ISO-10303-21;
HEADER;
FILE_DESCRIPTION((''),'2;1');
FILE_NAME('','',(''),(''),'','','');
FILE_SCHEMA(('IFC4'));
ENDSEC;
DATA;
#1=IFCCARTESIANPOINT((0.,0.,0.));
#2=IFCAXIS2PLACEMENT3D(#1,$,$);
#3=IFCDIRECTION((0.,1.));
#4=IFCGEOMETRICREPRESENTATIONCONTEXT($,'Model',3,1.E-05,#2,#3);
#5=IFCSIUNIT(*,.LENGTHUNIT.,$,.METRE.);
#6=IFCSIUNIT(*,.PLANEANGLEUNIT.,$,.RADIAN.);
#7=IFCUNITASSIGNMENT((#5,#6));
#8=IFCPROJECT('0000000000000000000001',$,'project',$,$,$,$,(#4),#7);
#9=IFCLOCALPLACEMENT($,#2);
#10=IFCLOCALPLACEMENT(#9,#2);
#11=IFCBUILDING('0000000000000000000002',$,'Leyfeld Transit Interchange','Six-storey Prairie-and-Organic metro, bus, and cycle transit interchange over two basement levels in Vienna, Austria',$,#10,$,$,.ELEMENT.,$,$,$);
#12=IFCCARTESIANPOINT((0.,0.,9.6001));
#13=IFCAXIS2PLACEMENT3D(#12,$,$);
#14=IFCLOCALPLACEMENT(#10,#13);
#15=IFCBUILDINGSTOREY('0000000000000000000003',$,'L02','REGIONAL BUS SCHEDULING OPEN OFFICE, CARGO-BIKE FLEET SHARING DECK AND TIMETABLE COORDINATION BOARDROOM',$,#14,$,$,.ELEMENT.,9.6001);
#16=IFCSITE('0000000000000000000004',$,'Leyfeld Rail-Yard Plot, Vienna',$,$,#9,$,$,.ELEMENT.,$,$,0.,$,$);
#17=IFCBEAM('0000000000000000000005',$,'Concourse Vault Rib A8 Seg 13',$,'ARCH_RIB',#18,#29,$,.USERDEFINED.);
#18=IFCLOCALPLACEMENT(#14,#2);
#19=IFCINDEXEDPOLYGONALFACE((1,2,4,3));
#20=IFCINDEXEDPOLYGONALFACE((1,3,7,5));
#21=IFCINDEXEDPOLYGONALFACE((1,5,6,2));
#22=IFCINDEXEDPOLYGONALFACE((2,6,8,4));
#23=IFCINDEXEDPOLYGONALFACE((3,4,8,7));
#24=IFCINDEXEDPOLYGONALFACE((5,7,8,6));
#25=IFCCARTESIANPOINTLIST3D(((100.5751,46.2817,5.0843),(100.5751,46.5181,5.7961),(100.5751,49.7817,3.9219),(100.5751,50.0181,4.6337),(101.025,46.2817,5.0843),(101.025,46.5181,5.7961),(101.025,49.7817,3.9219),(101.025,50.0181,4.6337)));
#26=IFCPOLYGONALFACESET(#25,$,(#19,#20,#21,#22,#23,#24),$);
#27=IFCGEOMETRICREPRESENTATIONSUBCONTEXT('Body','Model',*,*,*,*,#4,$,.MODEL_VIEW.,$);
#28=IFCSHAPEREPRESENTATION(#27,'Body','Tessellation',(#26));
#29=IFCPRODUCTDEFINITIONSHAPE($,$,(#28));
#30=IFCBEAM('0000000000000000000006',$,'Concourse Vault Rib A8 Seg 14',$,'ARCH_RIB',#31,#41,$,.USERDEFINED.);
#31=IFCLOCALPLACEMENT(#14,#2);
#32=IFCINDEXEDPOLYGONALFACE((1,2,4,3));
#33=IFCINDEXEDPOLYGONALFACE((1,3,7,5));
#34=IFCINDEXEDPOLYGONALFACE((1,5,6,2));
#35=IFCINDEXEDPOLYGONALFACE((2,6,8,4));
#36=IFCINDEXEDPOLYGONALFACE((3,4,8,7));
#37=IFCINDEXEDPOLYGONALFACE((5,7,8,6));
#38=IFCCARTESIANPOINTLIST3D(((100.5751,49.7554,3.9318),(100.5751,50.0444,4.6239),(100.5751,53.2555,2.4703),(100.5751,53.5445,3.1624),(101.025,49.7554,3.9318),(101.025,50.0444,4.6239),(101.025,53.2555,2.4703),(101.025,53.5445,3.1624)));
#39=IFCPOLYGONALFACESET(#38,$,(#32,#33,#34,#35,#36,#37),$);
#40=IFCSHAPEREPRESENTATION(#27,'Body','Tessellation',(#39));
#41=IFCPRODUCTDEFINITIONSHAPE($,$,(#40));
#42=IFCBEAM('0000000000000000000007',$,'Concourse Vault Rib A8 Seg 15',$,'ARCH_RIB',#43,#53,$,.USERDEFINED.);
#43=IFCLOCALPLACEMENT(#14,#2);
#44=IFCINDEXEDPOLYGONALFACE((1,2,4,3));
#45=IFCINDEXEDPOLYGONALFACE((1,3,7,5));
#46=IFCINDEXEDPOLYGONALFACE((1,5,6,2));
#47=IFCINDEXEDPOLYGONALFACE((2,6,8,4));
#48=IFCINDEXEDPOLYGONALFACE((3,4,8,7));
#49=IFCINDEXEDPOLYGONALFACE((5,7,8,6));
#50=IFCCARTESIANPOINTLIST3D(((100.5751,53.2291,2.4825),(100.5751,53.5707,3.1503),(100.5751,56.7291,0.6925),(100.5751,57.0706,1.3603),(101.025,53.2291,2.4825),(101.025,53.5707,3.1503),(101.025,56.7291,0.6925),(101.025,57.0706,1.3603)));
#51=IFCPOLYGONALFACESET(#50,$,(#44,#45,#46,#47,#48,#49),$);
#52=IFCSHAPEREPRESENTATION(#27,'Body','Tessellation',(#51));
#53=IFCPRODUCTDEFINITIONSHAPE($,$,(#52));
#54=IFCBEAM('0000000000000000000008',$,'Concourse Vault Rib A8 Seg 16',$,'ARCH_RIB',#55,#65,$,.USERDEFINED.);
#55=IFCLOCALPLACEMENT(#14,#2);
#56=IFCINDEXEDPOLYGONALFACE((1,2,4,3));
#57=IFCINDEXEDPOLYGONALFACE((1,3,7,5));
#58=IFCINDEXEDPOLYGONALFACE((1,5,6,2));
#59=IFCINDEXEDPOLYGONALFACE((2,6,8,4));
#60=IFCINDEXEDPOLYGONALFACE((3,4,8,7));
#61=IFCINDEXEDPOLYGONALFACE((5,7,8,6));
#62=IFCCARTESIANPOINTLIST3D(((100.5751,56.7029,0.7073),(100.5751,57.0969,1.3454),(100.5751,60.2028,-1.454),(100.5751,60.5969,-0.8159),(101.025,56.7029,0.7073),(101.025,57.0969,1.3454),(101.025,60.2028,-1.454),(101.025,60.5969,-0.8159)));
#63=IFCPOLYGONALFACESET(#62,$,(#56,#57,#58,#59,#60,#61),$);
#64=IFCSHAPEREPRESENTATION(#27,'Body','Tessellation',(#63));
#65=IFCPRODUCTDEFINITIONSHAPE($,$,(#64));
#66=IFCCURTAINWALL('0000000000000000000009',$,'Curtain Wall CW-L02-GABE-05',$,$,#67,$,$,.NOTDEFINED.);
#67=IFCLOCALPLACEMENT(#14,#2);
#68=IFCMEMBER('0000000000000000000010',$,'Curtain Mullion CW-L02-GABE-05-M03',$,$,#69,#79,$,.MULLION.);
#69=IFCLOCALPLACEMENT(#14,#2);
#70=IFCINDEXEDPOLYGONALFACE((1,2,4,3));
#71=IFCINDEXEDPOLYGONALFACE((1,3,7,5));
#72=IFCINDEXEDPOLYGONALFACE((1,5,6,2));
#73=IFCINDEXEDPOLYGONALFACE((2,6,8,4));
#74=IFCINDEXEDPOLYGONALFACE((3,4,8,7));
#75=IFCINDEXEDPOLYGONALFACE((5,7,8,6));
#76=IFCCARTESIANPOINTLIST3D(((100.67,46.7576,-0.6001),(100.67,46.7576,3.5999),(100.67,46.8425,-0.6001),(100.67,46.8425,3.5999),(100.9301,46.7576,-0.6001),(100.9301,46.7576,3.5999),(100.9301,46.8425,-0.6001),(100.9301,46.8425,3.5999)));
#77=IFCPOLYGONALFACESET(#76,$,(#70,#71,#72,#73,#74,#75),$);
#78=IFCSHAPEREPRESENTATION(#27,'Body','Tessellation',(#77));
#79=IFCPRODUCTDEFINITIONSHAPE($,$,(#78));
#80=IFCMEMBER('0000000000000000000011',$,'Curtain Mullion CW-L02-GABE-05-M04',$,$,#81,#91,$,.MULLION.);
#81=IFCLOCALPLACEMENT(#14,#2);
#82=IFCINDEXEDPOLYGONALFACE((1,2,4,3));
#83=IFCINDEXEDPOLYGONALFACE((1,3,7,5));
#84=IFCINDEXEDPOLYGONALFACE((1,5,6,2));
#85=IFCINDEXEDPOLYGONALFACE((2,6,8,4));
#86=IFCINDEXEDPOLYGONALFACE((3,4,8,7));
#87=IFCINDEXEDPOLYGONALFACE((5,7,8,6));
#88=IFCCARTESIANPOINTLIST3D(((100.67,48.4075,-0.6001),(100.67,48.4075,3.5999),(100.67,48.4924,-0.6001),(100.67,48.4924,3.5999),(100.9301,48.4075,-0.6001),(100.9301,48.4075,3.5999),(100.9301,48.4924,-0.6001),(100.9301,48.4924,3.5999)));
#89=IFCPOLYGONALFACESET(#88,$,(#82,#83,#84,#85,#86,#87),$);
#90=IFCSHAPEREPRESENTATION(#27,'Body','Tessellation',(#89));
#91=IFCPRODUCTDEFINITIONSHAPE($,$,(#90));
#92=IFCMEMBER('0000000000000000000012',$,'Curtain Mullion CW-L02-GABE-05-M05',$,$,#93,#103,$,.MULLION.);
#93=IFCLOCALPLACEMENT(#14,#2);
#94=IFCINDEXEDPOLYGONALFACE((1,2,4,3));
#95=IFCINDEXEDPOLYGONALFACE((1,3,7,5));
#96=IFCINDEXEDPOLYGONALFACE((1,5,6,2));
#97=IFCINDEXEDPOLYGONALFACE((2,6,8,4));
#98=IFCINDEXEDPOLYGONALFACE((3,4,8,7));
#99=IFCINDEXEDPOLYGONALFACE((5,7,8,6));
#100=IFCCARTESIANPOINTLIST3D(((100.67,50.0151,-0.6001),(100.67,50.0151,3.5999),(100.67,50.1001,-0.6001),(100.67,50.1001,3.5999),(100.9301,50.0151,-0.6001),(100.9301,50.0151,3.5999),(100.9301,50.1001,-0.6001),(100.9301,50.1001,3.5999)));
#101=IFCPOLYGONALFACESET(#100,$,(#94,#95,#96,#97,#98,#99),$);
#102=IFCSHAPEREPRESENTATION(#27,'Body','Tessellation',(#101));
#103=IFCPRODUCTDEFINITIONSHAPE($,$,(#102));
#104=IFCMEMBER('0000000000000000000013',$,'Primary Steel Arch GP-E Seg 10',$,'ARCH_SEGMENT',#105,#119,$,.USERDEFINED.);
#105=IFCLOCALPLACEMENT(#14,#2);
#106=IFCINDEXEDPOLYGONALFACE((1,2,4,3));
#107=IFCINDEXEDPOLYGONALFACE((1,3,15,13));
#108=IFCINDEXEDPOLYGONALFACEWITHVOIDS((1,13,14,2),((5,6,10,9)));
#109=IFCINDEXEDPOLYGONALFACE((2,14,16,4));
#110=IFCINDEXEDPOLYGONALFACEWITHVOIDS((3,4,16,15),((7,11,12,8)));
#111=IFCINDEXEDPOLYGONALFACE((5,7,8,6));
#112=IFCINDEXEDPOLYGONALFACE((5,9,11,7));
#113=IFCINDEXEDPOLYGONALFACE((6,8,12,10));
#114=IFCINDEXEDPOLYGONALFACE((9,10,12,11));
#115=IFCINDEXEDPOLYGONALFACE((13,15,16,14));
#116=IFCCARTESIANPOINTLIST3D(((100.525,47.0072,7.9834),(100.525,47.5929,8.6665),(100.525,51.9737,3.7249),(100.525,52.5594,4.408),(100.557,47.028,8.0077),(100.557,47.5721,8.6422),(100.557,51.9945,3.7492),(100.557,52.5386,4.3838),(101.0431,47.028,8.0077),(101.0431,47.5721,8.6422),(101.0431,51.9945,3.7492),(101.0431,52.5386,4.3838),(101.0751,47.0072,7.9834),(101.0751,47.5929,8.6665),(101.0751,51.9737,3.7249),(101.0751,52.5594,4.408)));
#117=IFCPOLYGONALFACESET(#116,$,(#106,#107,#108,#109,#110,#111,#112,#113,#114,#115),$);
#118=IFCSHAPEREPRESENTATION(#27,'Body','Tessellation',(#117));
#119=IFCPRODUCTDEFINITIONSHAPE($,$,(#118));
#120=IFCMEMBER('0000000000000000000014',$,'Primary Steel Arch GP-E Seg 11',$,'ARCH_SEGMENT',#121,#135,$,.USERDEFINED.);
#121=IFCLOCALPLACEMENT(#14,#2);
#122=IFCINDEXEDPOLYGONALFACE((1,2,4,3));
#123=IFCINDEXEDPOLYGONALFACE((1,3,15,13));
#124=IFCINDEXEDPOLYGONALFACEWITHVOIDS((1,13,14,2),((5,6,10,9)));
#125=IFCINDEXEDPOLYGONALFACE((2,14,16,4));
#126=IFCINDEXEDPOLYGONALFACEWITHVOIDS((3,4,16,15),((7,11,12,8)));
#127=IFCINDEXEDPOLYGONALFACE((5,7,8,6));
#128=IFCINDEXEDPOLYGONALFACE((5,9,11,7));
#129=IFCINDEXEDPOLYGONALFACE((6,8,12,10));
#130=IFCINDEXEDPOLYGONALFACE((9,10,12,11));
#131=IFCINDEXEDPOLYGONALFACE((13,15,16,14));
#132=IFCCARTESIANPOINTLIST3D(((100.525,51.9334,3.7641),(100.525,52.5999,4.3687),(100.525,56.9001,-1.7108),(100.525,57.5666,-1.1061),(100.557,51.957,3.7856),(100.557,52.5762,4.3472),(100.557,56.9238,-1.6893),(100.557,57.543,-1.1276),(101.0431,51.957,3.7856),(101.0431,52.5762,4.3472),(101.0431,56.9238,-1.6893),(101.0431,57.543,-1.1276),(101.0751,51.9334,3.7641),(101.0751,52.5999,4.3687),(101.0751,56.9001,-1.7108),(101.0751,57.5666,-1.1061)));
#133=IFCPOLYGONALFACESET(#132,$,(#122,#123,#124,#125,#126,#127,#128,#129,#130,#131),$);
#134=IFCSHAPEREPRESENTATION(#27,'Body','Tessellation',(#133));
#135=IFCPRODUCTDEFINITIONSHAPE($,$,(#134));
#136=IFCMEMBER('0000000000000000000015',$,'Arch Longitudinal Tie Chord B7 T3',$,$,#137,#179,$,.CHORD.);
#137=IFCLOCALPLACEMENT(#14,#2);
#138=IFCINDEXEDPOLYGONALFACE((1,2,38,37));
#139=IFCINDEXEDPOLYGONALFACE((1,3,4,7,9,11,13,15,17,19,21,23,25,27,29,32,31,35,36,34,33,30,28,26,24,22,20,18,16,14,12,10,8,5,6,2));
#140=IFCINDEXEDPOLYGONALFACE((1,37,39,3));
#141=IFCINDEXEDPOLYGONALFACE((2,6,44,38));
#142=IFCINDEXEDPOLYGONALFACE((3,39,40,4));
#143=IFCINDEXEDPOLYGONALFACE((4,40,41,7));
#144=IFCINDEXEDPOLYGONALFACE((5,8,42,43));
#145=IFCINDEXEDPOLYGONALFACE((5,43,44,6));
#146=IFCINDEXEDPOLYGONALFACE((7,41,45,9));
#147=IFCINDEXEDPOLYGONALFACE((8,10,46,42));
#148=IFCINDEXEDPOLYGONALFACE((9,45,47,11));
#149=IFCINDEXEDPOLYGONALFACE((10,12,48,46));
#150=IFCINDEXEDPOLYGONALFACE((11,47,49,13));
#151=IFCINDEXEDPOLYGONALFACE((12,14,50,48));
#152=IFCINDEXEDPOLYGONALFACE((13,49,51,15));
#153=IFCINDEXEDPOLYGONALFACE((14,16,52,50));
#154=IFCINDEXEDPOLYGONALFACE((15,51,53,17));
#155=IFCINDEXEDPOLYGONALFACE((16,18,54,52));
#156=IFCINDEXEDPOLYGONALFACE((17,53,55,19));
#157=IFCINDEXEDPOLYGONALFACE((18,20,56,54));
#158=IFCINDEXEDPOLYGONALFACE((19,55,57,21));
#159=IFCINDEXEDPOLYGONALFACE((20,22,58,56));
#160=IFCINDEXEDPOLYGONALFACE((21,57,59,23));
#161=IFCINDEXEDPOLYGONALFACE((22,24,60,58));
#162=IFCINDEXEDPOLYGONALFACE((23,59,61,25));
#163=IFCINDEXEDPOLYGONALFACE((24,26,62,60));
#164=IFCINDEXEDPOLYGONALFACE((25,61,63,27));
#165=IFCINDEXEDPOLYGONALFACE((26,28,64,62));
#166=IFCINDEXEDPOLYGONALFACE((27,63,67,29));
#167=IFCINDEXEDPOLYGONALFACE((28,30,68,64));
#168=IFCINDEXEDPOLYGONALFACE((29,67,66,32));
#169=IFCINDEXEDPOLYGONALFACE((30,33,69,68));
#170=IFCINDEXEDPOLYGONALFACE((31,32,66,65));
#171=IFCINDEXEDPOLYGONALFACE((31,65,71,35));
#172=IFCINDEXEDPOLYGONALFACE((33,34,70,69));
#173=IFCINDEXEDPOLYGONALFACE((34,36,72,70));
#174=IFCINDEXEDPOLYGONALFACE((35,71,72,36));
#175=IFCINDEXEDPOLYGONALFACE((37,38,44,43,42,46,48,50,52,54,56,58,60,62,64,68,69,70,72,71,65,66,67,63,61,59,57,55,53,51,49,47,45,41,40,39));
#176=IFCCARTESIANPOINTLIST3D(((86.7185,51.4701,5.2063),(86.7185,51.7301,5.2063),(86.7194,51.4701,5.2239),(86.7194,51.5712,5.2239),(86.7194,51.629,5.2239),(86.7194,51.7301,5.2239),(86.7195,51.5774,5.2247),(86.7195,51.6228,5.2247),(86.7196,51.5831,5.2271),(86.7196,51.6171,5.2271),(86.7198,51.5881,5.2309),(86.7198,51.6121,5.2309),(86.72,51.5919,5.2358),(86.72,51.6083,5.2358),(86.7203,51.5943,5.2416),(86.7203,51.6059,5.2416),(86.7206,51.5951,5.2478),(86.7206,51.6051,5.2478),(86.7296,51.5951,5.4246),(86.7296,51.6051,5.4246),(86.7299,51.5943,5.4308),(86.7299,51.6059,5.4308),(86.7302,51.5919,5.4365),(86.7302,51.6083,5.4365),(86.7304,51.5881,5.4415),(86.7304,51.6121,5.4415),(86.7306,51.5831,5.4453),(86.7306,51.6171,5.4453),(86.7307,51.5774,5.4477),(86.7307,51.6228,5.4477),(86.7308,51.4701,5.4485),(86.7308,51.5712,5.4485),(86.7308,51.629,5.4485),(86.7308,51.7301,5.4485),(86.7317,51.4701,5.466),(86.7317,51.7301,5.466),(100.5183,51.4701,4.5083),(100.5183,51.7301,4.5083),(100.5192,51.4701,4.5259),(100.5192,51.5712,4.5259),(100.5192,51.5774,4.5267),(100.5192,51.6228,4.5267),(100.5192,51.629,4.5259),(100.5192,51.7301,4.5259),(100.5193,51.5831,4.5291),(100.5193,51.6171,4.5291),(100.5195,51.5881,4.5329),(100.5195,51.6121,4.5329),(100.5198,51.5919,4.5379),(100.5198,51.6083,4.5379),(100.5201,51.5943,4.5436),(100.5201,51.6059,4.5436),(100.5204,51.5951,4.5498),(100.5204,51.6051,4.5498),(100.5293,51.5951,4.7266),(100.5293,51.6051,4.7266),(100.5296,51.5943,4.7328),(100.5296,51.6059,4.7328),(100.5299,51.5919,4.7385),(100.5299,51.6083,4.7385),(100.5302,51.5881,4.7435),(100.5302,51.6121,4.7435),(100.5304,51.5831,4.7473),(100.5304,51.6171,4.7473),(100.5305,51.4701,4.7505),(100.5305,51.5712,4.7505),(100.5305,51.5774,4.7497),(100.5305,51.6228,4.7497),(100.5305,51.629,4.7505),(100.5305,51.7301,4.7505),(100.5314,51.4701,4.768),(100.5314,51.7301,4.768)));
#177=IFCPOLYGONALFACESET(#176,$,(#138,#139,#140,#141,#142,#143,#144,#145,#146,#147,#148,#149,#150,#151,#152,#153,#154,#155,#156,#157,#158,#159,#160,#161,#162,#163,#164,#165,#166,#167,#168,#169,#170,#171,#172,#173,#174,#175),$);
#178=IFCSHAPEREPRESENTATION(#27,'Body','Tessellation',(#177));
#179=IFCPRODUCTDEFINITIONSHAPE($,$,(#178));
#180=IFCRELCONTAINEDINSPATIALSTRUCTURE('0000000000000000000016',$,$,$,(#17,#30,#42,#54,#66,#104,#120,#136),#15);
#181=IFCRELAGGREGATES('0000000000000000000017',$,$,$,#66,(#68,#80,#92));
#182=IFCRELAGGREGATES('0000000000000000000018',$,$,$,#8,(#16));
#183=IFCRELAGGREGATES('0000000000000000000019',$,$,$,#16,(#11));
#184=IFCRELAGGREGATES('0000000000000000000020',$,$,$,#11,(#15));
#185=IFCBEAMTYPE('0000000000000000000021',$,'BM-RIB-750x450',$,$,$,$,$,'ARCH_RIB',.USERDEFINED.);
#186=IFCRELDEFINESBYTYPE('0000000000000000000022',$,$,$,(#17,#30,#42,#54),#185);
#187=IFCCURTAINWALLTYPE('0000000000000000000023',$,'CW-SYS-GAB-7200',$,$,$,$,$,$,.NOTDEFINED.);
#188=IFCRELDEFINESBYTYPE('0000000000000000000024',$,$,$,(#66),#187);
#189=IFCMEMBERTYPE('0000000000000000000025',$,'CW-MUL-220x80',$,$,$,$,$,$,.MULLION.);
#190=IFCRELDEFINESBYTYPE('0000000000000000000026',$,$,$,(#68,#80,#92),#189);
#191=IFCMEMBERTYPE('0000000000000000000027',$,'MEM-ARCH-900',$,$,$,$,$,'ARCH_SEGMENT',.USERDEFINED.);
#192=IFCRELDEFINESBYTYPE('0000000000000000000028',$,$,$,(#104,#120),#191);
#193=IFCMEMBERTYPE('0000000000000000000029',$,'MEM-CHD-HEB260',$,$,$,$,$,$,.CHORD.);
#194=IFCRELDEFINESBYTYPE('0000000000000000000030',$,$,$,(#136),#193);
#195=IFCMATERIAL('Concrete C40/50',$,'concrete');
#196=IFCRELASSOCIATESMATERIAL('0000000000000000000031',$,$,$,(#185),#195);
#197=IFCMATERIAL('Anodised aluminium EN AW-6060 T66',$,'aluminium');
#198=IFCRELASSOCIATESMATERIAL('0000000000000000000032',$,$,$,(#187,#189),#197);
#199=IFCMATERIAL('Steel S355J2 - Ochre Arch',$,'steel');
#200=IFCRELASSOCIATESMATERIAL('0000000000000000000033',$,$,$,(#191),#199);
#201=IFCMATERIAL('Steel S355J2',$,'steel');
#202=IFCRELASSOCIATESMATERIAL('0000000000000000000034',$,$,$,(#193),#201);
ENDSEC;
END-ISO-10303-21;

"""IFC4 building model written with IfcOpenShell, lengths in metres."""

from ifc_helpers import new_model, si_unit, direction, frame, origin, origin_2d, place, context, subcontext, project, spatial, rectangle, hollow_rectangle, i_section, extrude, material, material_profile, profile_set, type_object, element, aggregate, save


model = new_model("IFC4")

# Units and contexts
model_context = context("Model", 3, precision=1e-05, world=origin(), true_north=direction((0.0, 1.0)))
body_context = subcontext(model_context, "Body", "Model", "MODEL_VIEW")
ifc_project = project(units=[si_unit("LENGTHUNIT", "METRE"), si_unit("PLANEANGLEUNIT", "RADIAN")], contexts=[model_context])

# Site, building, storey
site_placement = place(None, origin())
site = spatial("IfcSite", under=ifc_project, at=site_placement, Name="Leyfeld Rail-Yard Plot, Vienna", CompositionType="ELEMENT", RefElevation=0.0)
building_placement = place(site_placement, origin())
building = spatial("IfcBuilding", under=site, at=building_placement, Name="Leyfeld Transit Interchange", Description="Six-storey Prairie-and-Organic metro, bus, and cycle transit interchange over two basement levels in Vienna, Austria", CompositionType="ELEMENT")
storey_placement = place(building_placement, frame((0.0, 0.0, 9.6001)))
storey = spatial("IfcBuildingStorey", under=building, at=storey_placement, Name="L02", Description="REGIONAL BUS SCHEDULING OPEN OFFICE, CARGO-BIKE FLEET SHARING DECK AND TIMETABLE COORDINATION BOARDROOM", CompositionType="ELEMENT", Elevation=9.6001)

# Beams
ifc_material_1 = material(Name="Concrete C40/50", Category="concrete")
ifc_material_profile_1 = material_profile(ifc_material_1, rectangle(XDim=0.45, YDim=0.75, at=origin_2d()), Name="RC 750x450 RIB")
ifc_profile_set_1 = profile_set([ifc_material_profile_1], Name="Concrete C40/50")
beam_type = type_object("IfcBeamType", Name="BM-RIB-750x450", ElementType="ARCH_RIB", PredefinedType="USERDEFINED", material=ifc_profile_set_1)
beam_1_placement = place(storey_placement, frame((100.8, 46.3999, 5.4402), z_axis=(0.0, 0.949034, -0.315175), x_axis=(-1.0, 0.0, 0.0)))
element("IfcBeam", 1, at=beam_1_placement, inside=storey, type_object=beam_type, Name="Concourse Vault Rib A8 Seg 13", ObjectType="ARCH_RIB", PredefinedType="USERDEFINED", context=body_context, shape_type="SweptSolid", body=[
    extrude(rectangle(XDim=0.45, YDim=0.75, at=origin_2d()), origin(), (0.0, 0.0, 1.0), 3.688),
])
beam_2_placement = place(storey_placement, frame((100.8, 49.8999, 4.2778), z_axis=(0.0, 0.922787, -0.38531), x_axis=(-1.0, 0.0, 0.0)))
element("IfcBeam", 2, at=beam_2_placement, inside=storey, type_object=beam_type, Name="Concourse Vault Rib A8 Seg 14", ObjectType="ARCH_RIB", PredefinedType="USERDEFINED", context=body_context, shape_type="SweptSolid", body=[
    extrude(rectangle(XDim=0.45, YDim=0.75, at=origin_2d()), origin(), (0.0, 0.0, 1.0), 3.793),
])
beam_3_placement = place(storey_placement, frame((100.8, 53.3999, 2.8164), z_axis=(0.0, 0.890316, -0.455343), x_axis=(-1.0, 0.0, 0.0)))
element("IfcBeam", 3, at=beam_3_placement, inside=storey, type_object=beam_type, Name="Concourse Vault Rib A8 Seg 15", ObjectType="ARCH_RIB", PredefinedType="USERDEFINED", context=body_context, shape_type="SweptSolid", body=[
    extrude(rectangle(XDim=0.45, YDim=0.75, at=origin_2d()), origin(), (0.0, 0.0, 1.0), 3.9312),
])
beam_4_placement = place(storey_placement, frame((100.8, 56.8999, 1.0264), z_axis=(0.0, 0.85084, -0.525425), x_axis=(-1.0, 0.0, 0.0)))
element("IfcBeam", 4, at=beam_4_placement, inside=storey, type_object=beam_type, Name="Concourse Vault Rib A8 Seg 16", ObjectType="ARCH_RIB", PredefinedType="USERDEFINED", context=body_context, shape_type="SweptSolid", body=[
    extrude(rectangle(XDim=0.45, YDim=0.75, at=origin_2d()), origin(), (0.0, 0.0, 1.0), 4.1135),
])

# Curtain wall, members
ifc_material_2 = material(Name="Anodised aluminium EN AW-6060 T66", Category="aluminium")
curtain_wall_type = type_object("IfcCurtainWallType", Name="CW-SYS-GAB-7200", PredefinedType="NOTDEFINED", material=ifc_material_2)
curtain_wall_placement = place(storey_placement, origin())
curtain_wall = element("IfcCurtainWall", 5, at=curtain_wall_placement, inside=storey, type_object=curtain_wall_type, Name="Curtain Wall CW-L02-GABE-05", PredefinedType="NOTDEFINED")
ifc_material_profile_2 = material_profile(ifc_material_2, rectangle(XDim=0.085, YDim=0.26, at=origin_2d()), Name="CW-M 85x260")
ifc_profile_set_2 = profile_set([ifc_material_profile_2], Name="Anodised aluminium EN AW-6060 T66")
member_type_1 = type_object("IfcMemberType", Name="CW-MUL-220x80", PredefinedType="MULLION", material=ifc_profile_set_2)
member_1_placement = place(storey_placement, frame((100.8, 46.8, -0.6001), z_axis=(0.0, 0.0, 1.0), x_axis=(0.0, 1.0, 0.0)))
member_1 = element("IfcMember", 6, at=member_1_placement, type_object=member_type_1, Name="Curtain Mullion CW-L02-GABE-05-M03", PredefinedType="MULLION", context=body_context, shape_type="SweptSolid", body=[
    extrude(rectangle(XDim=0.085, YDim=0.26, at=origin_2d()), origin(), (0.0, 0.0, 1.0), 4.2),
])
member_2_placement = place(storey_placement, frame((100.8, 48.45, -0.6001), z_axis=(0.0, 0.0, 1.0), x_axis=(0.0, 1.0, 0.0)))
member_2 = element("IfcMember", 7, at=member_2_placement, type_object=member_type_1, Name="Curtain Mullion CW-L02-GABE-05-M04", PredefinedType="MULLION", context=body_context, shape_type="SweptSolid", body=[
    extrude(rectangle(XDim=0.085, YDim=0.26, at=origin_2d()), origin(), (0.0, 0.0, 1.0), 4.2),
])
member_3_placement = place(storey_placement, frame((100.8, 50.0576, -0.6001), z_axis=(0.0, 0.0, 1.0), x_axis=(0.0, 1.0, 0.0)))
member_3 = element("IfcMember", 8, at=member_3_placement, type_object=member_type_1, Name="Curtain Mullion CW-L02-GABE-05-M05", PredefinedType="MULLION", context=body_context, shape_type="SweptSolid", body=[
    extrude(rectangle(XDim=0.085, YDim=0.26, at=origin_2d()), origin(), (0.0, 0.0, 1.0), 4.2),
])

# Members
ifc_material_3 = material(Name="Steel S355J2 - Ochre Arch", Category="steel")
ifc_material_profile_3 = material_profile(ifc_material_3, hollow_rectangle(XDim=0.55, YDim=0.8999, WallThickness=0.032, at=origin_2d()), Name="RHS 900x550x32")
ifc_profile_set_3 = profile_set([ifc_material_profile_3], Name="Steel S355J2 - Ochre Arch")
member_type_2 = type_object("IfcMemberType", Name="MEM-ARCH-900", ElementType="ARCH_SEGMENT", PredefinedType="USERDEFINED", material=ifc_profile_set_3)
member_4_placement = place(storey_placement, frame((100.8, 47.3, 8.325), z_axis=(0.0, 0.759143, -0.650924), x_axis=(-1.0, 0.0, 0.0)))
element("IfcMember", 9, at=member_4_placement, inside=storey, type_object=member_type_2, Name="Primary Steel Arch GP-E Seg 10", ObjectType="ARCH_SEGMENT", PredefinedType="USERDEFINED", context=body_context, shape_type="SweptSolid", body=[
    extrude(hollow_rectangle(XDim=0.55, YDim=0.8999, WallThickness=0.032, at=origin_2d()), origin(), (0.0, 0.0, 1.0), 6.5422),
])
member_5_placement = place(storey_placement, frame((100.8, 52.2666, 4.0664), z_axis=(0.0, 0.671906, -0.740636), x_axis=(-1.0, 0.0, 0.0)))
element("IfcMember", 10, at=member_5_placement, inside=storey, type_object=member_type_2, Name="Primary Steel Arch GP-E Seg 11", ObjectType="ARCH_SEGMENT", PredefinedType="USERDEFINED", context=body_context, shape_type="SweptSolid", body=[
    extrude(hollow_rectangle(XDim=0.55, YDim=0.8999, WallThickness=0.032, at=origin_2d()), origin(), (0.0, 0.0, 1.0), 7.3921),
])
ifc_material_4 = material(Name="Steel S355J2", Category="steel")
ifc_material_profile_4 = material_profile(ifc_material_4, i_section(OverallWidth=0.26, OverallDepth=0.26, WebThickness=0.01, FlangeThickness=0.0176, FilletRadius=0.0239, at=origin_2d()), Name="HEB 260")
ifc_profile_set_4 = profile_set([ifc_material_profile_4], Name="Steel S355J2")
member_type_3 = type_object("IfcMemberType", Name="MEM-CHD-HEB260", PredefinedType="CHORD", material=ifc_profile_set_4)
member_6_placement = place(storey_placement, frame((86.7251, 51.6001, 5.3362), z_axis=(0.998723, 0.0, -0.050516), x_axis=(0.0, 1.0, 0.0)))
element("IfcMember", 11, at=member_6_placement, inside=storey, type_object=member_type_3, Name="Arch Longitudinal Tie Chord B7 T3", PredefinedType="CHORD", context=body_context, shape_type="SweptSolid", body=[
    extrude(i_section(OverallWidth=0.26, OverallDepth=0.26, WebThickness=0.01, FlangeThickness=0.0176, FilletRadius=0.0239, at=origin_2d()), origin(), (0.0, 0.0, 1.0), 13.8174),
])

aggregate(curtain_wall, [member_1, member_2, member_3])

save(model, "model.ifc")
